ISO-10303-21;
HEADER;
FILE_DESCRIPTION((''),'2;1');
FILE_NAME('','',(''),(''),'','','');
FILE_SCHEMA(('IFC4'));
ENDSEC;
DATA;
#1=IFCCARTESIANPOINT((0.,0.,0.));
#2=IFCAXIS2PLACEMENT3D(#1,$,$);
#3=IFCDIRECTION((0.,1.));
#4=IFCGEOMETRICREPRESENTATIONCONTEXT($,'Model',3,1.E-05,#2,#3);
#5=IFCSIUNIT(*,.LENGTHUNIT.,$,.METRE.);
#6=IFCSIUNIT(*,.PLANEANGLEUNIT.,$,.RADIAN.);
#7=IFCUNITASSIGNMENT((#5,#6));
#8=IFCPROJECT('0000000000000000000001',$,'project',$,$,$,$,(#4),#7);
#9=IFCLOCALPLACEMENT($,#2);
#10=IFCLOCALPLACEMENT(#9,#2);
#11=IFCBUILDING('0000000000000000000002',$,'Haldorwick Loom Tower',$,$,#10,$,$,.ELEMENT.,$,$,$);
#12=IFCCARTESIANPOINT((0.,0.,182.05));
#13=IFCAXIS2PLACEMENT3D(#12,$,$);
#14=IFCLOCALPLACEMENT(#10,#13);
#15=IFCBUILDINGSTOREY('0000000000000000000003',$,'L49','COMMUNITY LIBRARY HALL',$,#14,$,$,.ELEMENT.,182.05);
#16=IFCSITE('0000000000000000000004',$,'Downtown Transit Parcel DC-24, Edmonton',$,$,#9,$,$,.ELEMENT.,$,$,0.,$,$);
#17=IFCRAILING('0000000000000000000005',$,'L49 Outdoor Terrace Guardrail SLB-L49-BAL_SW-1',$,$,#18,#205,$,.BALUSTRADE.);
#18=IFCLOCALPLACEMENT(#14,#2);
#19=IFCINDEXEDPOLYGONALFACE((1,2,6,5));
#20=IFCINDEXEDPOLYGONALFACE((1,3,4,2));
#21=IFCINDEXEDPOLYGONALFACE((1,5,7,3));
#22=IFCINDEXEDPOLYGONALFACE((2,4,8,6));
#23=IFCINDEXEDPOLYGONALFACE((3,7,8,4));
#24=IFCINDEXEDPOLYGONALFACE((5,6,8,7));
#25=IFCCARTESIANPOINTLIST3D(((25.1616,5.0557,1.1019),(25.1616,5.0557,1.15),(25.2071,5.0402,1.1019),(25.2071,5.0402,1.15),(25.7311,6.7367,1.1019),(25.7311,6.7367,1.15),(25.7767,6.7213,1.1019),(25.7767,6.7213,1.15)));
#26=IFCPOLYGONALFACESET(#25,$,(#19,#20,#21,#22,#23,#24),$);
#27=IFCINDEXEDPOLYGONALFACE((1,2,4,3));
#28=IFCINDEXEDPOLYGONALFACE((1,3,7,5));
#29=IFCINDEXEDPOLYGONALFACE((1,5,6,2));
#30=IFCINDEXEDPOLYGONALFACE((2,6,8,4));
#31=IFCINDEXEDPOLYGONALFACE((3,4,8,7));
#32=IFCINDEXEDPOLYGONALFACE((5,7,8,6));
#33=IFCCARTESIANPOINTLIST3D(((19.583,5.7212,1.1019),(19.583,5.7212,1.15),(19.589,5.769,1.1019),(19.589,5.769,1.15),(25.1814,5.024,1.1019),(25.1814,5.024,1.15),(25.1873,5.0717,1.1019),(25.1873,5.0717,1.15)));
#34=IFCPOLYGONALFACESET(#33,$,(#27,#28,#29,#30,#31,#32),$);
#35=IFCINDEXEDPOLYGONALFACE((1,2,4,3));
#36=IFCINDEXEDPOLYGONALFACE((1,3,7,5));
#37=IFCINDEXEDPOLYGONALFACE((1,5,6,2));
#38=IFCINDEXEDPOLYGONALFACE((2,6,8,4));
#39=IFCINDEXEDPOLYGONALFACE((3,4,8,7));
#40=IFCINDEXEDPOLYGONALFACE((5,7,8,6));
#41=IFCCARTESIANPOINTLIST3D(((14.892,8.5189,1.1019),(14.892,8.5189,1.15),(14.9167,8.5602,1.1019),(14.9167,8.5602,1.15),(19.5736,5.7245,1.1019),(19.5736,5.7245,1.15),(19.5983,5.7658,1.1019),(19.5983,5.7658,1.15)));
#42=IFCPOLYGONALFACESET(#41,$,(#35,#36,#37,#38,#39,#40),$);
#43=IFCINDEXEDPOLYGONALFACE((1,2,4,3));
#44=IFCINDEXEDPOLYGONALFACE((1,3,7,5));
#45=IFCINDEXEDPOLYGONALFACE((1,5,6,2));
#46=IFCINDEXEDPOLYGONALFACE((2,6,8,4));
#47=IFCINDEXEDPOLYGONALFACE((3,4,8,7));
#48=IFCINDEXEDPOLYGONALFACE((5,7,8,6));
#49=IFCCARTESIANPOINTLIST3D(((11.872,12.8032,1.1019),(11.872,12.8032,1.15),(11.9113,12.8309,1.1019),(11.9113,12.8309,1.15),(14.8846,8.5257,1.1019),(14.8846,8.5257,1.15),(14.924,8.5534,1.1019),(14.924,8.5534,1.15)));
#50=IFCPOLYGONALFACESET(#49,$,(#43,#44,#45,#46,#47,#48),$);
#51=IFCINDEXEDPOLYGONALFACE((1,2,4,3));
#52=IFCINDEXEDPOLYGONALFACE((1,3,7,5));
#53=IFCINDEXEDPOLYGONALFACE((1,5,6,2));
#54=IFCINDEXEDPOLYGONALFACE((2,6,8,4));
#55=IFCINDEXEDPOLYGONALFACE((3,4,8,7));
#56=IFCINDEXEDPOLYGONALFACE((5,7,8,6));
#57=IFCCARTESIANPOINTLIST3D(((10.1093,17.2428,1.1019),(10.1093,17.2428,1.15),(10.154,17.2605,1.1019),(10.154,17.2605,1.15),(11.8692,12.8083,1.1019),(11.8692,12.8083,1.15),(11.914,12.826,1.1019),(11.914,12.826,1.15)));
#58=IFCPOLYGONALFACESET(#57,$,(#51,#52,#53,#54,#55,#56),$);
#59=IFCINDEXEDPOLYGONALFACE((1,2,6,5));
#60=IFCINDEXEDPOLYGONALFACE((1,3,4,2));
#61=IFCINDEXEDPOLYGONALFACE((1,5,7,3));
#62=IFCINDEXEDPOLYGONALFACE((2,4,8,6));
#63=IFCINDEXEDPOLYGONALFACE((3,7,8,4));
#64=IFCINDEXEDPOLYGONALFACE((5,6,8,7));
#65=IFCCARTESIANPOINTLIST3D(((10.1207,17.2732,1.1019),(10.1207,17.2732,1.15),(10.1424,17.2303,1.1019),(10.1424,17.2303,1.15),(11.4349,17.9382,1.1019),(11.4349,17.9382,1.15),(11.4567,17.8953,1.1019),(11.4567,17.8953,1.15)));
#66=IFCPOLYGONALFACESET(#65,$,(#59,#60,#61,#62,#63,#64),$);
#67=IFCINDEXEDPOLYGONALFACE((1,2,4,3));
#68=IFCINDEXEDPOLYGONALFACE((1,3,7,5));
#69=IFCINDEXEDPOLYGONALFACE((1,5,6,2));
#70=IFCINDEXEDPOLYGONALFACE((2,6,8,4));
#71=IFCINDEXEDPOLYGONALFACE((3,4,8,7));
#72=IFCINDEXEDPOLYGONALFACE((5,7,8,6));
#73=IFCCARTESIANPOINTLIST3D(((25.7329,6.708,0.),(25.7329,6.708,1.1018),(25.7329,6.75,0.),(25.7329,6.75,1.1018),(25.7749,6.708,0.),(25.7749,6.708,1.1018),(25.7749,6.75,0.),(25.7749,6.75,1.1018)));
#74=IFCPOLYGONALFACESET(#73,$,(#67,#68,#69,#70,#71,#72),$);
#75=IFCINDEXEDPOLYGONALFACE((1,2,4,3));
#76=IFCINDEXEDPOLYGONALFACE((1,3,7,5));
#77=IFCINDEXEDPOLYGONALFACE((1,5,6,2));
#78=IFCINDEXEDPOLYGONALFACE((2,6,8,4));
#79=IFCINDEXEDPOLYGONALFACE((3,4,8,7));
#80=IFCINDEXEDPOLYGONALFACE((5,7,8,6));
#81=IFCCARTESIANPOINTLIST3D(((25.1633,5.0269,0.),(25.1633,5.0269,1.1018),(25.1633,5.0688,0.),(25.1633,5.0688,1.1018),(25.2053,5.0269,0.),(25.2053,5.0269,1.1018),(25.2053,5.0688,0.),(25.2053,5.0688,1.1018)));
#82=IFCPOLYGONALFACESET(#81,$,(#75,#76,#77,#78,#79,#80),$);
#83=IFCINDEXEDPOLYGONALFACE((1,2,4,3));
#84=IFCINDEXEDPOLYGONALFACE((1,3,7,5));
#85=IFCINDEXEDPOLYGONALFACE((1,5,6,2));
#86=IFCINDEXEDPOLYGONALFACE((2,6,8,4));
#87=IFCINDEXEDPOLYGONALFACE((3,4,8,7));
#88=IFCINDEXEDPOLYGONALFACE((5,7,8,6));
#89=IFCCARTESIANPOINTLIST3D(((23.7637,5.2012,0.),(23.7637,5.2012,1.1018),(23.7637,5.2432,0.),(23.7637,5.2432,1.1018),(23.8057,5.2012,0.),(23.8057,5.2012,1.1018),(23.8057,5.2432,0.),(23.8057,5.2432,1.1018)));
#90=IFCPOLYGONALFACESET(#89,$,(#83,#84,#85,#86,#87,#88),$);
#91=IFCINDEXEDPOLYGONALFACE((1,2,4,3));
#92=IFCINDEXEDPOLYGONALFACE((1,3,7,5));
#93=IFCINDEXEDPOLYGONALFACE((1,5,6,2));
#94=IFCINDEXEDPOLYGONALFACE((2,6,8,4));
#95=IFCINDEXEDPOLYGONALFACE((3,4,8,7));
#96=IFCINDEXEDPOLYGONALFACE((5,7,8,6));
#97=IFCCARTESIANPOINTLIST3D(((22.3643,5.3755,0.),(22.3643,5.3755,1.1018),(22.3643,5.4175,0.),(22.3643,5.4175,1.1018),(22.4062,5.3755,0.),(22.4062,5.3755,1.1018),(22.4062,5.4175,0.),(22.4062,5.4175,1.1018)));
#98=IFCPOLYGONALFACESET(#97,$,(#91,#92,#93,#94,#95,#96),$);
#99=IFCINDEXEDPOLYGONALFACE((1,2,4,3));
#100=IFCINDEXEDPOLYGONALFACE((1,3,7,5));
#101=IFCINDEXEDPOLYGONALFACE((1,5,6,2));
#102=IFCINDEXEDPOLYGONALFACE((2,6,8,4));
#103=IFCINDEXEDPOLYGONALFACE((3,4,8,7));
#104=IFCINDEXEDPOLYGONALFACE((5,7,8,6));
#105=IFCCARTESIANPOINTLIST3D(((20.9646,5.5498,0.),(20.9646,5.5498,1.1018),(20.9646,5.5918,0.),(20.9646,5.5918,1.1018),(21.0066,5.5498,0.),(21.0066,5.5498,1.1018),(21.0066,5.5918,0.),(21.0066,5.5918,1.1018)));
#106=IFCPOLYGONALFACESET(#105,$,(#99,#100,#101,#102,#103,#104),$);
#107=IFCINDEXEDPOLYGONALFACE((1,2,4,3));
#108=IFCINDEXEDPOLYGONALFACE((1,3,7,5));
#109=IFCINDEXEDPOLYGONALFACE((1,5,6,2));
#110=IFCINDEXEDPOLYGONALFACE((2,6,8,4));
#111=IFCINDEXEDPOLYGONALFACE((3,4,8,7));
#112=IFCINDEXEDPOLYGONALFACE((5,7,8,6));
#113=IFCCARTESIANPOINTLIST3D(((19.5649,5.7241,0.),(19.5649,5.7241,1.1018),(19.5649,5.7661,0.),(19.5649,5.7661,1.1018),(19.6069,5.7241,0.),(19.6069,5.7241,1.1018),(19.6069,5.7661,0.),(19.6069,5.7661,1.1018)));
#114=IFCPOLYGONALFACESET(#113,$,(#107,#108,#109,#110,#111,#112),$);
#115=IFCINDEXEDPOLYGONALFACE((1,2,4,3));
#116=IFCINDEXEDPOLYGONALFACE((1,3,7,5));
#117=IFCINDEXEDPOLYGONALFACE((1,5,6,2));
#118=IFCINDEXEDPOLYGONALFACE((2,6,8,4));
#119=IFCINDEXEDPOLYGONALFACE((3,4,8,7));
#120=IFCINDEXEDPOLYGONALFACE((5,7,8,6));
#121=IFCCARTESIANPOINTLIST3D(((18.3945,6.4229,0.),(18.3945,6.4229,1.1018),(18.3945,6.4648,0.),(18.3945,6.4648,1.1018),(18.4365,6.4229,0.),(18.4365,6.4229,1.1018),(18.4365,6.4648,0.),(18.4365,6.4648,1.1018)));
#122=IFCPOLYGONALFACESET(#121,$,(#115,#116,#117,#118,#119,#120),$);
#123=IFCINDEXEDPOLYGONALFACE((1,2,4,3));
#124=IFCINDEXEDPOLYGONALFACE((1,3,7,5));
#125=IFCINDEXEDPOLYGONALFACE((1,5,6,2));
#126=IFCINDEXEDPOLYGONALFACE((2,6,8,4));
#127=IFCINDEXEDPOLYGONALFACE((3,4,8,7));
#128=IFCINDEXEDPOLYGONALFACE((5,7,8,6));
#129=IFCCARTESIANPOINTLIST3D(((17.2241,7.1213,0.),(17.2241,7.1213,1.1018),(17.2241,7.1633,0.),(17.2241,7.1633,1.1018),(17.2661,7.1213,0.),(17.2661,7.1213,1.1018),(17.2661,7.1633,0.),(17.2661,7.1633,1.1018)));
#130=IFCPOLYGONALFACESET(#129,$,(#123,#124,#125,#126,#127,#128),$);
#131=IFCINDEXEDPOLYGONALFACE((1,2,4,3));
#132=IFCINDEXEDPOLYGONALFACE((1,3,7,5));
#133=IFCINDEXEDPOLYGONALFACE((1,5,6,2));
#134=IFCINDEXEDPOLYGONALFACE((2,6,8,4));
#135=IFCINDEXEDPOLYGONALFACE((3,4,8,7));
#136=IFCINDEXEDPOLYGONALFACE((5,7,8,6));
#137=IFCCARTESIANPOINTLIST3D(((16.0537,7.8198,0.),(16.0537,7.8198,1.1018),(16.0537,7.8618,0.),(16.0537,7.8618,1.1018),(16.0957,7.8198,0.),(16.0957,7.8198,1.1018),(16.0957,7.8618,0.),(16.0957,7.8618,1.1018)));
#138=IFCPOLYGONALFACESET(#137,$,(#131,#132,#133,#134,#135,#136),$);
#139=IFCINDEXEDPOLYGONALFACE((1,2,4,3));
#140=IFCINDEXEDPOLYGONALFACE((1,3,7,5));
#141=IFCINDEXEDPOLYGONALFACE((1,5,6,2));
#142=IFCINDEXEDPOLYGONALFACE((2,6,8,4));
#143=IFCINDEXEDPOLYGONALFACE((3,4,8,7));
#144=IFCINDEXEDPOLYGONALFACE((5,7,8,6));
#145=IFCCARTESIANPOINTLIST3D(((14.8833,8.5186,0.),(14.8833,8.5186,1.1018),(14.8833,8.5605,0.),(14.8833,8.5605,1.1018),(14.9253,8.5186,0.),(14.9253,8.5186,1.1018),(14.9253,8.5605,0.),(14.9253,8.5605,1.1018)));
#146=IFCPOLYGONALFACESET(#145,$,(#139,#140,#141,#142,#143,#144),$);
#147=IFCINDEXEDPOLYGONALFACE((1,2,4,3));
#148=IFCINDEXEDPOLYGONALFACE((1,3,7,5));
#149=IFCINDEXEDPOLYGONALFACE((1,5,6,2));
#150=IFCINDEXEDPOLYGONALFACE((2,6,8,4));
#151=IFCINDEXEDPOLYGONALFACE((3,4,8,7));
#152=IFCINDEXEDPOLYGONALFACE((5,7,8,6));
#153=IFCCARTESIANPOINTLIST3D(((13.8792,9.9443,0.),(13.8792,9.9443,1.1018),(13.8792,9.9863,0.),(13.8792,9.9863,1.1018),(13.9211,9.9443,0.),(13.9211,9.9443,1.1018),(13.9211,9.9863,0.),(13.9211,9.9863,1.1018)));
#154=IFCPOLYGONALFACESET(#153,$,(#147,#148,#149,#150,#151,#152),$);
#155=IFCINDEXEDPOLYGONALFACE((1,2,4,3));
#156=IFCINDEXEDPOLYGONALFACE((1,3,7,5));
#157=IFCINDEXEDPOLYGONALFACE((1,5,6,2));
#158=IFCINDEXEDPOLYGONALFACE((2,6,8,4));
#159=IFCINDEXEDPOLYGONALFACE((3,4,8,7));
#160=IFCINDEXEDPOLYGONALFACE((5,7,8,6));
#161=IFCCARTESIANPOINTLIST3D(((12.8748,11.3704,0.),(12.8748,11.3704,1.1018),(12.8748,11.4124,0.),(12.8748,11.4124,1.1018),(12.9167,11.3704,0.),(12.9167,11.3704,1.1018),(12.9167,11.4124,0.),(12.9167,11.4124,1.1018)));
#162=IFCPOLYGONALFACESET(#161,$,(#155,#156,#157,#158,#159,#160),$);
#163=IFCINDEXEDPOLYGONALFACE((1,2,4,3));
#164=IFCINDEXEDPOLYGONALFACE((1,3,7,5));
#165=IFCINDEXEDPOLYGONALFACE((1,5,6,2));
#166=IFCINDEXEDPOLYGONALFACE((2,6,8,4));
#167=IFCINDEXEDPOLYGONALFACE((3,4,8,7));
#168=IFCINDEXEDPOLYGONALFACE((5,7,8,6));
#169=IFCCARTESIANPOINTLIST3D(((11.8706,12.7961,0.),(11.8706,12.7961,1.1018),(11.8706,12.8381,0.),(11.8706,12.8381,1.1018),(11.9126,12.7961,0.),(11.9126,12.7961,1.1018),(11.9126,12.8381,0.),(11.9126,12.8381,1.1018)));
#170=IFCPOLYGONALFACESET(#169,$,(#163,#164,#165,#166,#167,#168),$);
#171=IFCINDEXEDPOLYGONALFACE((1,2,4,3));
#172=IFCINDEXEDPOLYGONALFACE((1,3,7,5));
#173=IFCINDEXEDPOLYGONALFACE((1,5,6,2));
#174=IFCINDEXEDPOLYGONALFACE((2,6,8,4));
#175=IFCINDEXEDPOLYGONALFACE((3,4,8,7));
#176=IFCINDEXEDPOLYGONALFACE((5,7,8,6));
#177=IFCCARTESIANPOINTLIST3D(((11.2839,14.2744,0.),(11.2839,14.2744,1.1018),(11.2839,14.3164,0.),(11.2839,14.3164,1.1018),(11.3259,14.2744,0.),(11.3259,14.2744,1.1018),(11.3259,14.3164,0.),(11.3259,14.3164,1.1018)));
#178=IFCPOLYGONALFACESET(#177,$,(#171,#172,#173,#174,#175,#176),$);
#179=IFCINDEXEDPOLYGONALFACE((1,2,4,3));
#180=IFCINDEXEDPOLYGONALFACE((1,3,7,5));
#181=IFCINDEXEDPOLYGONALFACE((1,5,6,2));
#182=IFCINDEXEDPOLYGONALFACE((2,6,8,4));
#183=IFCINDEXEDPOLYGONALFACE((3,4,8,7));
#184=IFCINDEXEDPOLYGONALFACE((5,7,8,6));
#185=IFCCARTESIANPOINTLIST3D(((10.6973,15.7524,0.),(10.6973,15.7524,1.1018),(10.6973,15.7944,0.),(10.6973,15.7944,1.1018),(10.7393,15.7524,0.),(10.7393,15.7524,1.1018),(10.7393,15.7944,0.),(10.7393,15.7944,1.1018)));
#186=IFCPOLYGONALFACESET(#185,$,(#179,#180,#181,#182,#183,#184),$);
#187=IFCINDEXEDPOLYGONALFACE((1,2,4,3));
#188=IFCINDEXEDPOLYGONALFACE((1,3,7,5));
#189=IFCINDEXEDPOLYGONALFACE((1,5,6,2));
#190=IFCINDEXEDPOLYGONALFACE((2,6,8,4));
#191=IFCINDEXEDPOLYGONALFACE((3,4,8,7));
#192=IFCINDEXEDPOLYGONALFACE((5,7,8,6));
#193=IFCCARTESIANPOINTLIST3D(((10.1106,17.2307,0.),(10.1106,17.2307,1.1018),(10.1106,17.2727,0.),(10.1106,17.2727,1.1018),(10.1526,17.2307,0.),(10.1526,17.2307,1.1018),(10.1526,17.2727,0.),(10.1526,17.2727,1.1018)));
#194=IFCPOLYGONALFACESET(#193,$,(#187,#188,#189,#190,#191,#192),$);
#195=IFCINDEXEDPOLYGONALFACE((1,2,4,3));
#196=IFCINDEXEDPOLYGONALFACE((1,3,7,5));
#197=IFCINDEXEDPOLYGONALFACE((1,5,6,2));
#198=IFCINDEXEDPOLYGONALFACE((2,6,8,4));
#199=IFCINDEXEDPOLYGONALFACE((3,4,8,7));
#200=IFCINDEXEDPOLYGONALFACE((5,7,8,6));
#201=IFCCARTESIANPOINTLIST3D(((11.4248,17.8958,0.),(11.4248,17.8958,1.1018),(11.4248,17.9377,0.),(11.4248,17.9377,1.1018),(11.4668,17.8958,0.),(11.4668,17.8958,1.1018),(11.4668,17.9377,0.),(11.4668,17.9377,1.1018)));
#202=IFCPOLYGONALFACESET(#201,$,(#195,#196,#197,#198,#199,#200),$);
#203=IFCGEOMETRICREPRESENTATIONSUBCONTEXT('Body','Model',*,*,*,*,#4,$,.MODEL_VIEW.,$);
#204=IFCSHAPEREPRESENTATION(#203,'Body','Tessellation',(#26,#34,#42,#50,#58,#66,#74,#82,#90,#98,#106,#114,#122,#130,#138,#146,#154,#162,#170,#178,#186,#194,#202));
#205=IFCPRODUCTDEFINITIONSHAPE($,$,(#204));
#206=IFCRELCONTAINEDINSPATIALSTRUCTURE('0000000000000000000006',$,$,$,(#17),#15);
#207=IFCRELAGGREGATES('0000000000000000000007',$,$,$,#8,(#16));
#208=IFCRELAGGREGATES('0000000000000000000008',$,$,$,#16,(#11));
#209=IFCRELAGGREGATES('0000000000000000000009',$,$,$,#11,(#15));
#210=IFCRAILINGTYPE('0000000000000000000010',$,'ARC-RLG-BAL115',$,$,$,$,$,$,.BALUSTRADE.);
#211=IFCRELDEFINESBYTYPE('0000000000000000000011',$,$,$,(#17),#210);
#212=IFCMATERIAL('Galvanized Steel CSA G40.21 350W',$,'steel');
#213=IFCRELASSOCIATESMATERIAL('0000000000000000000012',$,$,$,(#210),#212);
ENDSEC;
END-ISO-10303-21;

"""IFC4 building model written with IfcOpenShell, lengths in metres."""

from ifc_helpers import new_model, si_unit, direction, frame, origin, origin_2d, place, context, subcontext, project, spatial, rectangle, extrude, material, type_object, element, save


model = new_model("IFC4")

# Units and contexts
model_context = context("Model", 3, precision=1e-05, world=origin(), true_north=direction((0.0, 1.0)))
body_context = subcontext(model_context, "Body", "Model", "MODEL_VIEW")
ifc_project = project(units=[si_unit("LENGTHUNIT", "METRE"), si_unit("PLANEANGLEUNIT", "RADIAN")], contexts=[model_context])

# Site, building, storey
site_placement = place(None, origin())
site = spatial("IfcSite", under=ifc_project, at=site_placement, Name="Downtown Transit Parcel DC-24, Edmonton", CompositionType="ELEMENT", RefElevation=0.0)
building_placement = place(site_placement, origin())
building = spatial("IfcBuilding", under=site, at=building_placement, Name="Haldorwick Loom Tower", CompositionType="ELEMENT")
storey_placement = place(building_placement, frame((0.0, 0.0, 182.05)))
storey = spatial("IfcBuildingStorey", under=building, at=storey_placement, Name="L49", Description="COMMUNITY LIBRARY HALL", CompositionType="ELEMENT", Elevation=182.05)

# Railing
ifc_material_1 = material(Name="Galvanized Steel CSA G40.21 350W", Category="steel")
railing_type = type_object("IfcRailingType", Name="ARC-RLG-BAL115", PredefinedType="BALUSTRADE", material=ifc_material_1)
railing_placement = place(storey_placement, frame((25.7539, 6.729, 0.0)))
element("IfcRailing", 1, at=railing_placement, inside=storey, type_object=railing_type, Name="L49 Outdoor Terrace Guardrail SLB-L49-BAL_SW-1", PredefinedType="BALUSTRADE", context=body_context, shape_type="SweptSolid", body=[
    extrude(rectangle(XDim=0.0481, YDim=0.0481, at=origin_2d()), frame((0.0, 0.0, 1.126), z_axis=(-0.320887, -0.947118, 0.0), x_axis=(0.947118, -0.320887, 0.0)), (0.0, 0.0, 1.0), 1.7749),
    extrude(rectangle(XDim=0.0481, YDim=0.0481, at=origin_2d()), frame((-0.5696, -1.6812, 1.126), z_axis=(-0.992333, 0.123593, 0.0), x_axis=(-0.123593, -0.992333, 0.0)), (0.0, 0.0, 1.0), 5.6416),
    extrude(rectangle(XDim=0.0481, YDim=0.0481, at=origin_2d()), frame((-6.168, -0.9839, 1.126), z_axis=(-0.858668, 0.512532, 0.0), x_axis=(-0.512532, -0.858668, 0.0)), (0.0, 0.0, 1.0), 5.4521),
    extrude(rectangle(XDim=0.0481, YDim=0.0481, at=origin_2d()), frame((-10.8496, 1.8105, 1.126), z_axis=(-0.575818, 0.817578, 0.0), x_axis=(-0.817578, -0.575818, 0.0)), (0.0, 0.0, 1.0), 5.2319),
    extrude(rectangle(XDim=0.0481, YDim=0.0481, at=origin_2d()), frame((-13.8623, 6.0881, 1.126), z_axis=(-0.368893, 0.929472, 0.0), x_axis=(-0.929472, -0.368893, 0.0)), (0.0, 0.0, 1.0), 4.771),
    extrude(rectangle(XDim=0.0481, YDim=0.0481, at=origin_2d()), frame((-15.6223, 10.5227, 1.126), z_axis=(0.892262, 0.451518, 0.0), x_axis=(-0.451518, 0.892262, 0.0)), (0.0, 0.0, 1.0), 1.4729),
    extrude(rectangle(XDim=0.042, YDim=0.042, at=origin_2d()), origin(), (0.0, 0.0, 1.0), 1.1018),
    extrude(rectangle(XDim=0.042, YDim=0.042, at=origin_2d()), frame((-0.5696, -1.6812, 0.0)), (0.0, 0.0, 1.0), 1.1018),
    extrude(rectangle(XDim=0.042, YDim=0.042, at=origin_2d()), frame((-1.9692, -1.5068, 0.0)), (0.0, 0.0, 1.0), 1.1018),
    extrude(rectangle(XDim=0.042, YDim=0.042, at=origin_2d()), frame((-3.3687, -1.3325, 0.0)), (0.0, 0.0, 1.0), 1.1018),
    extrude(rectangle(XDim=0.042, YDim=0.042, at=origin_2d()), frame((-4.7683, -1.1582, 0.0)), (0.0, 0.0, 1.0), 1.1018),
    extrude(rectangle(XDim=0.042, YDim=0.042, at=origin_2d()), frame((-6.168, -0.9839, 0.0)), (0.0, 0.0, 1.0), 1.1018),
    extrude(rectangle(XDim=0.042, YDim=0.042, at=origin_2d()), frame((-7.3384, -0.2852, 0.0)), (0.0, 0.0, 1.0), 1.1018),
    extrude(rectangle(XDim=0.042, YDim=0.042, at=origin_2d()), frame((-8.5088, 0.4133, 0.0)), (0.0, 0.0, 1.0), 1.1018),
    extrude(rectangle(XDim=0.042, YDim=0.042, at=origin_2d()), frame((-9.6792, 1.1118, 0.0)), (0.0, 0.0, 1.0), 1.1018),
    extrude(rectangle(XDim=0.042, YDim=0.042, at=origin_2d()), frame((-10.8496, 1.8105, 0.0)), (0.0, 0.0, 1.0), 1.1018),
    extrude(rectangle(XDim=0.042, YDim=0.042, at=origin_2d()), frame((-11.8538, 3.2363, 0.0)), (0.0, 0.0, 1.0), 1.1018),
    extrude(rectangle(XDim=0.042, YDim=0.042, at=origin_2d()), frame((-12.8582, 4.6624, 0.0)), (0.0, 0.0, 1.0), 1.1018),
    extrude(rectangle(XDim=0.042, YDim=0.042, at=origin_2d()), frame((-13.8623, 6.0881, 0.0)), (0.0, 0.0, 1.0), 1.1018),
    extrude(rectangle(XDim=0.042, YDim=0.042, at=origin_2d()), frame((-14.449, 7.5664, 0.0)), (0.0, 0.0, 1.0), 1.1018),
    extrude(rectangle(XDim=0.042, YDim=0.042, at=origin_2d()), frame((-15.0356, 9.0444, 0.0)), (0.0, 0.0, 1.0), 1.1018),
    extrude(rectangle(XDim=0.042, YDim=0.042, at=origin_2d()), frame((-15.6223, 10.5227, 0.0)), (0.0, 0.0, 1.0), 1.1018),
    extrude(rectangle(XDim=0.042, YDim=0.042, at=origin_2d()), frame((-14.3081, 11.1877, 0.0)), (0.0, 0.0, 1.0), 1.1018),
])

save(model, "model.ifc")
